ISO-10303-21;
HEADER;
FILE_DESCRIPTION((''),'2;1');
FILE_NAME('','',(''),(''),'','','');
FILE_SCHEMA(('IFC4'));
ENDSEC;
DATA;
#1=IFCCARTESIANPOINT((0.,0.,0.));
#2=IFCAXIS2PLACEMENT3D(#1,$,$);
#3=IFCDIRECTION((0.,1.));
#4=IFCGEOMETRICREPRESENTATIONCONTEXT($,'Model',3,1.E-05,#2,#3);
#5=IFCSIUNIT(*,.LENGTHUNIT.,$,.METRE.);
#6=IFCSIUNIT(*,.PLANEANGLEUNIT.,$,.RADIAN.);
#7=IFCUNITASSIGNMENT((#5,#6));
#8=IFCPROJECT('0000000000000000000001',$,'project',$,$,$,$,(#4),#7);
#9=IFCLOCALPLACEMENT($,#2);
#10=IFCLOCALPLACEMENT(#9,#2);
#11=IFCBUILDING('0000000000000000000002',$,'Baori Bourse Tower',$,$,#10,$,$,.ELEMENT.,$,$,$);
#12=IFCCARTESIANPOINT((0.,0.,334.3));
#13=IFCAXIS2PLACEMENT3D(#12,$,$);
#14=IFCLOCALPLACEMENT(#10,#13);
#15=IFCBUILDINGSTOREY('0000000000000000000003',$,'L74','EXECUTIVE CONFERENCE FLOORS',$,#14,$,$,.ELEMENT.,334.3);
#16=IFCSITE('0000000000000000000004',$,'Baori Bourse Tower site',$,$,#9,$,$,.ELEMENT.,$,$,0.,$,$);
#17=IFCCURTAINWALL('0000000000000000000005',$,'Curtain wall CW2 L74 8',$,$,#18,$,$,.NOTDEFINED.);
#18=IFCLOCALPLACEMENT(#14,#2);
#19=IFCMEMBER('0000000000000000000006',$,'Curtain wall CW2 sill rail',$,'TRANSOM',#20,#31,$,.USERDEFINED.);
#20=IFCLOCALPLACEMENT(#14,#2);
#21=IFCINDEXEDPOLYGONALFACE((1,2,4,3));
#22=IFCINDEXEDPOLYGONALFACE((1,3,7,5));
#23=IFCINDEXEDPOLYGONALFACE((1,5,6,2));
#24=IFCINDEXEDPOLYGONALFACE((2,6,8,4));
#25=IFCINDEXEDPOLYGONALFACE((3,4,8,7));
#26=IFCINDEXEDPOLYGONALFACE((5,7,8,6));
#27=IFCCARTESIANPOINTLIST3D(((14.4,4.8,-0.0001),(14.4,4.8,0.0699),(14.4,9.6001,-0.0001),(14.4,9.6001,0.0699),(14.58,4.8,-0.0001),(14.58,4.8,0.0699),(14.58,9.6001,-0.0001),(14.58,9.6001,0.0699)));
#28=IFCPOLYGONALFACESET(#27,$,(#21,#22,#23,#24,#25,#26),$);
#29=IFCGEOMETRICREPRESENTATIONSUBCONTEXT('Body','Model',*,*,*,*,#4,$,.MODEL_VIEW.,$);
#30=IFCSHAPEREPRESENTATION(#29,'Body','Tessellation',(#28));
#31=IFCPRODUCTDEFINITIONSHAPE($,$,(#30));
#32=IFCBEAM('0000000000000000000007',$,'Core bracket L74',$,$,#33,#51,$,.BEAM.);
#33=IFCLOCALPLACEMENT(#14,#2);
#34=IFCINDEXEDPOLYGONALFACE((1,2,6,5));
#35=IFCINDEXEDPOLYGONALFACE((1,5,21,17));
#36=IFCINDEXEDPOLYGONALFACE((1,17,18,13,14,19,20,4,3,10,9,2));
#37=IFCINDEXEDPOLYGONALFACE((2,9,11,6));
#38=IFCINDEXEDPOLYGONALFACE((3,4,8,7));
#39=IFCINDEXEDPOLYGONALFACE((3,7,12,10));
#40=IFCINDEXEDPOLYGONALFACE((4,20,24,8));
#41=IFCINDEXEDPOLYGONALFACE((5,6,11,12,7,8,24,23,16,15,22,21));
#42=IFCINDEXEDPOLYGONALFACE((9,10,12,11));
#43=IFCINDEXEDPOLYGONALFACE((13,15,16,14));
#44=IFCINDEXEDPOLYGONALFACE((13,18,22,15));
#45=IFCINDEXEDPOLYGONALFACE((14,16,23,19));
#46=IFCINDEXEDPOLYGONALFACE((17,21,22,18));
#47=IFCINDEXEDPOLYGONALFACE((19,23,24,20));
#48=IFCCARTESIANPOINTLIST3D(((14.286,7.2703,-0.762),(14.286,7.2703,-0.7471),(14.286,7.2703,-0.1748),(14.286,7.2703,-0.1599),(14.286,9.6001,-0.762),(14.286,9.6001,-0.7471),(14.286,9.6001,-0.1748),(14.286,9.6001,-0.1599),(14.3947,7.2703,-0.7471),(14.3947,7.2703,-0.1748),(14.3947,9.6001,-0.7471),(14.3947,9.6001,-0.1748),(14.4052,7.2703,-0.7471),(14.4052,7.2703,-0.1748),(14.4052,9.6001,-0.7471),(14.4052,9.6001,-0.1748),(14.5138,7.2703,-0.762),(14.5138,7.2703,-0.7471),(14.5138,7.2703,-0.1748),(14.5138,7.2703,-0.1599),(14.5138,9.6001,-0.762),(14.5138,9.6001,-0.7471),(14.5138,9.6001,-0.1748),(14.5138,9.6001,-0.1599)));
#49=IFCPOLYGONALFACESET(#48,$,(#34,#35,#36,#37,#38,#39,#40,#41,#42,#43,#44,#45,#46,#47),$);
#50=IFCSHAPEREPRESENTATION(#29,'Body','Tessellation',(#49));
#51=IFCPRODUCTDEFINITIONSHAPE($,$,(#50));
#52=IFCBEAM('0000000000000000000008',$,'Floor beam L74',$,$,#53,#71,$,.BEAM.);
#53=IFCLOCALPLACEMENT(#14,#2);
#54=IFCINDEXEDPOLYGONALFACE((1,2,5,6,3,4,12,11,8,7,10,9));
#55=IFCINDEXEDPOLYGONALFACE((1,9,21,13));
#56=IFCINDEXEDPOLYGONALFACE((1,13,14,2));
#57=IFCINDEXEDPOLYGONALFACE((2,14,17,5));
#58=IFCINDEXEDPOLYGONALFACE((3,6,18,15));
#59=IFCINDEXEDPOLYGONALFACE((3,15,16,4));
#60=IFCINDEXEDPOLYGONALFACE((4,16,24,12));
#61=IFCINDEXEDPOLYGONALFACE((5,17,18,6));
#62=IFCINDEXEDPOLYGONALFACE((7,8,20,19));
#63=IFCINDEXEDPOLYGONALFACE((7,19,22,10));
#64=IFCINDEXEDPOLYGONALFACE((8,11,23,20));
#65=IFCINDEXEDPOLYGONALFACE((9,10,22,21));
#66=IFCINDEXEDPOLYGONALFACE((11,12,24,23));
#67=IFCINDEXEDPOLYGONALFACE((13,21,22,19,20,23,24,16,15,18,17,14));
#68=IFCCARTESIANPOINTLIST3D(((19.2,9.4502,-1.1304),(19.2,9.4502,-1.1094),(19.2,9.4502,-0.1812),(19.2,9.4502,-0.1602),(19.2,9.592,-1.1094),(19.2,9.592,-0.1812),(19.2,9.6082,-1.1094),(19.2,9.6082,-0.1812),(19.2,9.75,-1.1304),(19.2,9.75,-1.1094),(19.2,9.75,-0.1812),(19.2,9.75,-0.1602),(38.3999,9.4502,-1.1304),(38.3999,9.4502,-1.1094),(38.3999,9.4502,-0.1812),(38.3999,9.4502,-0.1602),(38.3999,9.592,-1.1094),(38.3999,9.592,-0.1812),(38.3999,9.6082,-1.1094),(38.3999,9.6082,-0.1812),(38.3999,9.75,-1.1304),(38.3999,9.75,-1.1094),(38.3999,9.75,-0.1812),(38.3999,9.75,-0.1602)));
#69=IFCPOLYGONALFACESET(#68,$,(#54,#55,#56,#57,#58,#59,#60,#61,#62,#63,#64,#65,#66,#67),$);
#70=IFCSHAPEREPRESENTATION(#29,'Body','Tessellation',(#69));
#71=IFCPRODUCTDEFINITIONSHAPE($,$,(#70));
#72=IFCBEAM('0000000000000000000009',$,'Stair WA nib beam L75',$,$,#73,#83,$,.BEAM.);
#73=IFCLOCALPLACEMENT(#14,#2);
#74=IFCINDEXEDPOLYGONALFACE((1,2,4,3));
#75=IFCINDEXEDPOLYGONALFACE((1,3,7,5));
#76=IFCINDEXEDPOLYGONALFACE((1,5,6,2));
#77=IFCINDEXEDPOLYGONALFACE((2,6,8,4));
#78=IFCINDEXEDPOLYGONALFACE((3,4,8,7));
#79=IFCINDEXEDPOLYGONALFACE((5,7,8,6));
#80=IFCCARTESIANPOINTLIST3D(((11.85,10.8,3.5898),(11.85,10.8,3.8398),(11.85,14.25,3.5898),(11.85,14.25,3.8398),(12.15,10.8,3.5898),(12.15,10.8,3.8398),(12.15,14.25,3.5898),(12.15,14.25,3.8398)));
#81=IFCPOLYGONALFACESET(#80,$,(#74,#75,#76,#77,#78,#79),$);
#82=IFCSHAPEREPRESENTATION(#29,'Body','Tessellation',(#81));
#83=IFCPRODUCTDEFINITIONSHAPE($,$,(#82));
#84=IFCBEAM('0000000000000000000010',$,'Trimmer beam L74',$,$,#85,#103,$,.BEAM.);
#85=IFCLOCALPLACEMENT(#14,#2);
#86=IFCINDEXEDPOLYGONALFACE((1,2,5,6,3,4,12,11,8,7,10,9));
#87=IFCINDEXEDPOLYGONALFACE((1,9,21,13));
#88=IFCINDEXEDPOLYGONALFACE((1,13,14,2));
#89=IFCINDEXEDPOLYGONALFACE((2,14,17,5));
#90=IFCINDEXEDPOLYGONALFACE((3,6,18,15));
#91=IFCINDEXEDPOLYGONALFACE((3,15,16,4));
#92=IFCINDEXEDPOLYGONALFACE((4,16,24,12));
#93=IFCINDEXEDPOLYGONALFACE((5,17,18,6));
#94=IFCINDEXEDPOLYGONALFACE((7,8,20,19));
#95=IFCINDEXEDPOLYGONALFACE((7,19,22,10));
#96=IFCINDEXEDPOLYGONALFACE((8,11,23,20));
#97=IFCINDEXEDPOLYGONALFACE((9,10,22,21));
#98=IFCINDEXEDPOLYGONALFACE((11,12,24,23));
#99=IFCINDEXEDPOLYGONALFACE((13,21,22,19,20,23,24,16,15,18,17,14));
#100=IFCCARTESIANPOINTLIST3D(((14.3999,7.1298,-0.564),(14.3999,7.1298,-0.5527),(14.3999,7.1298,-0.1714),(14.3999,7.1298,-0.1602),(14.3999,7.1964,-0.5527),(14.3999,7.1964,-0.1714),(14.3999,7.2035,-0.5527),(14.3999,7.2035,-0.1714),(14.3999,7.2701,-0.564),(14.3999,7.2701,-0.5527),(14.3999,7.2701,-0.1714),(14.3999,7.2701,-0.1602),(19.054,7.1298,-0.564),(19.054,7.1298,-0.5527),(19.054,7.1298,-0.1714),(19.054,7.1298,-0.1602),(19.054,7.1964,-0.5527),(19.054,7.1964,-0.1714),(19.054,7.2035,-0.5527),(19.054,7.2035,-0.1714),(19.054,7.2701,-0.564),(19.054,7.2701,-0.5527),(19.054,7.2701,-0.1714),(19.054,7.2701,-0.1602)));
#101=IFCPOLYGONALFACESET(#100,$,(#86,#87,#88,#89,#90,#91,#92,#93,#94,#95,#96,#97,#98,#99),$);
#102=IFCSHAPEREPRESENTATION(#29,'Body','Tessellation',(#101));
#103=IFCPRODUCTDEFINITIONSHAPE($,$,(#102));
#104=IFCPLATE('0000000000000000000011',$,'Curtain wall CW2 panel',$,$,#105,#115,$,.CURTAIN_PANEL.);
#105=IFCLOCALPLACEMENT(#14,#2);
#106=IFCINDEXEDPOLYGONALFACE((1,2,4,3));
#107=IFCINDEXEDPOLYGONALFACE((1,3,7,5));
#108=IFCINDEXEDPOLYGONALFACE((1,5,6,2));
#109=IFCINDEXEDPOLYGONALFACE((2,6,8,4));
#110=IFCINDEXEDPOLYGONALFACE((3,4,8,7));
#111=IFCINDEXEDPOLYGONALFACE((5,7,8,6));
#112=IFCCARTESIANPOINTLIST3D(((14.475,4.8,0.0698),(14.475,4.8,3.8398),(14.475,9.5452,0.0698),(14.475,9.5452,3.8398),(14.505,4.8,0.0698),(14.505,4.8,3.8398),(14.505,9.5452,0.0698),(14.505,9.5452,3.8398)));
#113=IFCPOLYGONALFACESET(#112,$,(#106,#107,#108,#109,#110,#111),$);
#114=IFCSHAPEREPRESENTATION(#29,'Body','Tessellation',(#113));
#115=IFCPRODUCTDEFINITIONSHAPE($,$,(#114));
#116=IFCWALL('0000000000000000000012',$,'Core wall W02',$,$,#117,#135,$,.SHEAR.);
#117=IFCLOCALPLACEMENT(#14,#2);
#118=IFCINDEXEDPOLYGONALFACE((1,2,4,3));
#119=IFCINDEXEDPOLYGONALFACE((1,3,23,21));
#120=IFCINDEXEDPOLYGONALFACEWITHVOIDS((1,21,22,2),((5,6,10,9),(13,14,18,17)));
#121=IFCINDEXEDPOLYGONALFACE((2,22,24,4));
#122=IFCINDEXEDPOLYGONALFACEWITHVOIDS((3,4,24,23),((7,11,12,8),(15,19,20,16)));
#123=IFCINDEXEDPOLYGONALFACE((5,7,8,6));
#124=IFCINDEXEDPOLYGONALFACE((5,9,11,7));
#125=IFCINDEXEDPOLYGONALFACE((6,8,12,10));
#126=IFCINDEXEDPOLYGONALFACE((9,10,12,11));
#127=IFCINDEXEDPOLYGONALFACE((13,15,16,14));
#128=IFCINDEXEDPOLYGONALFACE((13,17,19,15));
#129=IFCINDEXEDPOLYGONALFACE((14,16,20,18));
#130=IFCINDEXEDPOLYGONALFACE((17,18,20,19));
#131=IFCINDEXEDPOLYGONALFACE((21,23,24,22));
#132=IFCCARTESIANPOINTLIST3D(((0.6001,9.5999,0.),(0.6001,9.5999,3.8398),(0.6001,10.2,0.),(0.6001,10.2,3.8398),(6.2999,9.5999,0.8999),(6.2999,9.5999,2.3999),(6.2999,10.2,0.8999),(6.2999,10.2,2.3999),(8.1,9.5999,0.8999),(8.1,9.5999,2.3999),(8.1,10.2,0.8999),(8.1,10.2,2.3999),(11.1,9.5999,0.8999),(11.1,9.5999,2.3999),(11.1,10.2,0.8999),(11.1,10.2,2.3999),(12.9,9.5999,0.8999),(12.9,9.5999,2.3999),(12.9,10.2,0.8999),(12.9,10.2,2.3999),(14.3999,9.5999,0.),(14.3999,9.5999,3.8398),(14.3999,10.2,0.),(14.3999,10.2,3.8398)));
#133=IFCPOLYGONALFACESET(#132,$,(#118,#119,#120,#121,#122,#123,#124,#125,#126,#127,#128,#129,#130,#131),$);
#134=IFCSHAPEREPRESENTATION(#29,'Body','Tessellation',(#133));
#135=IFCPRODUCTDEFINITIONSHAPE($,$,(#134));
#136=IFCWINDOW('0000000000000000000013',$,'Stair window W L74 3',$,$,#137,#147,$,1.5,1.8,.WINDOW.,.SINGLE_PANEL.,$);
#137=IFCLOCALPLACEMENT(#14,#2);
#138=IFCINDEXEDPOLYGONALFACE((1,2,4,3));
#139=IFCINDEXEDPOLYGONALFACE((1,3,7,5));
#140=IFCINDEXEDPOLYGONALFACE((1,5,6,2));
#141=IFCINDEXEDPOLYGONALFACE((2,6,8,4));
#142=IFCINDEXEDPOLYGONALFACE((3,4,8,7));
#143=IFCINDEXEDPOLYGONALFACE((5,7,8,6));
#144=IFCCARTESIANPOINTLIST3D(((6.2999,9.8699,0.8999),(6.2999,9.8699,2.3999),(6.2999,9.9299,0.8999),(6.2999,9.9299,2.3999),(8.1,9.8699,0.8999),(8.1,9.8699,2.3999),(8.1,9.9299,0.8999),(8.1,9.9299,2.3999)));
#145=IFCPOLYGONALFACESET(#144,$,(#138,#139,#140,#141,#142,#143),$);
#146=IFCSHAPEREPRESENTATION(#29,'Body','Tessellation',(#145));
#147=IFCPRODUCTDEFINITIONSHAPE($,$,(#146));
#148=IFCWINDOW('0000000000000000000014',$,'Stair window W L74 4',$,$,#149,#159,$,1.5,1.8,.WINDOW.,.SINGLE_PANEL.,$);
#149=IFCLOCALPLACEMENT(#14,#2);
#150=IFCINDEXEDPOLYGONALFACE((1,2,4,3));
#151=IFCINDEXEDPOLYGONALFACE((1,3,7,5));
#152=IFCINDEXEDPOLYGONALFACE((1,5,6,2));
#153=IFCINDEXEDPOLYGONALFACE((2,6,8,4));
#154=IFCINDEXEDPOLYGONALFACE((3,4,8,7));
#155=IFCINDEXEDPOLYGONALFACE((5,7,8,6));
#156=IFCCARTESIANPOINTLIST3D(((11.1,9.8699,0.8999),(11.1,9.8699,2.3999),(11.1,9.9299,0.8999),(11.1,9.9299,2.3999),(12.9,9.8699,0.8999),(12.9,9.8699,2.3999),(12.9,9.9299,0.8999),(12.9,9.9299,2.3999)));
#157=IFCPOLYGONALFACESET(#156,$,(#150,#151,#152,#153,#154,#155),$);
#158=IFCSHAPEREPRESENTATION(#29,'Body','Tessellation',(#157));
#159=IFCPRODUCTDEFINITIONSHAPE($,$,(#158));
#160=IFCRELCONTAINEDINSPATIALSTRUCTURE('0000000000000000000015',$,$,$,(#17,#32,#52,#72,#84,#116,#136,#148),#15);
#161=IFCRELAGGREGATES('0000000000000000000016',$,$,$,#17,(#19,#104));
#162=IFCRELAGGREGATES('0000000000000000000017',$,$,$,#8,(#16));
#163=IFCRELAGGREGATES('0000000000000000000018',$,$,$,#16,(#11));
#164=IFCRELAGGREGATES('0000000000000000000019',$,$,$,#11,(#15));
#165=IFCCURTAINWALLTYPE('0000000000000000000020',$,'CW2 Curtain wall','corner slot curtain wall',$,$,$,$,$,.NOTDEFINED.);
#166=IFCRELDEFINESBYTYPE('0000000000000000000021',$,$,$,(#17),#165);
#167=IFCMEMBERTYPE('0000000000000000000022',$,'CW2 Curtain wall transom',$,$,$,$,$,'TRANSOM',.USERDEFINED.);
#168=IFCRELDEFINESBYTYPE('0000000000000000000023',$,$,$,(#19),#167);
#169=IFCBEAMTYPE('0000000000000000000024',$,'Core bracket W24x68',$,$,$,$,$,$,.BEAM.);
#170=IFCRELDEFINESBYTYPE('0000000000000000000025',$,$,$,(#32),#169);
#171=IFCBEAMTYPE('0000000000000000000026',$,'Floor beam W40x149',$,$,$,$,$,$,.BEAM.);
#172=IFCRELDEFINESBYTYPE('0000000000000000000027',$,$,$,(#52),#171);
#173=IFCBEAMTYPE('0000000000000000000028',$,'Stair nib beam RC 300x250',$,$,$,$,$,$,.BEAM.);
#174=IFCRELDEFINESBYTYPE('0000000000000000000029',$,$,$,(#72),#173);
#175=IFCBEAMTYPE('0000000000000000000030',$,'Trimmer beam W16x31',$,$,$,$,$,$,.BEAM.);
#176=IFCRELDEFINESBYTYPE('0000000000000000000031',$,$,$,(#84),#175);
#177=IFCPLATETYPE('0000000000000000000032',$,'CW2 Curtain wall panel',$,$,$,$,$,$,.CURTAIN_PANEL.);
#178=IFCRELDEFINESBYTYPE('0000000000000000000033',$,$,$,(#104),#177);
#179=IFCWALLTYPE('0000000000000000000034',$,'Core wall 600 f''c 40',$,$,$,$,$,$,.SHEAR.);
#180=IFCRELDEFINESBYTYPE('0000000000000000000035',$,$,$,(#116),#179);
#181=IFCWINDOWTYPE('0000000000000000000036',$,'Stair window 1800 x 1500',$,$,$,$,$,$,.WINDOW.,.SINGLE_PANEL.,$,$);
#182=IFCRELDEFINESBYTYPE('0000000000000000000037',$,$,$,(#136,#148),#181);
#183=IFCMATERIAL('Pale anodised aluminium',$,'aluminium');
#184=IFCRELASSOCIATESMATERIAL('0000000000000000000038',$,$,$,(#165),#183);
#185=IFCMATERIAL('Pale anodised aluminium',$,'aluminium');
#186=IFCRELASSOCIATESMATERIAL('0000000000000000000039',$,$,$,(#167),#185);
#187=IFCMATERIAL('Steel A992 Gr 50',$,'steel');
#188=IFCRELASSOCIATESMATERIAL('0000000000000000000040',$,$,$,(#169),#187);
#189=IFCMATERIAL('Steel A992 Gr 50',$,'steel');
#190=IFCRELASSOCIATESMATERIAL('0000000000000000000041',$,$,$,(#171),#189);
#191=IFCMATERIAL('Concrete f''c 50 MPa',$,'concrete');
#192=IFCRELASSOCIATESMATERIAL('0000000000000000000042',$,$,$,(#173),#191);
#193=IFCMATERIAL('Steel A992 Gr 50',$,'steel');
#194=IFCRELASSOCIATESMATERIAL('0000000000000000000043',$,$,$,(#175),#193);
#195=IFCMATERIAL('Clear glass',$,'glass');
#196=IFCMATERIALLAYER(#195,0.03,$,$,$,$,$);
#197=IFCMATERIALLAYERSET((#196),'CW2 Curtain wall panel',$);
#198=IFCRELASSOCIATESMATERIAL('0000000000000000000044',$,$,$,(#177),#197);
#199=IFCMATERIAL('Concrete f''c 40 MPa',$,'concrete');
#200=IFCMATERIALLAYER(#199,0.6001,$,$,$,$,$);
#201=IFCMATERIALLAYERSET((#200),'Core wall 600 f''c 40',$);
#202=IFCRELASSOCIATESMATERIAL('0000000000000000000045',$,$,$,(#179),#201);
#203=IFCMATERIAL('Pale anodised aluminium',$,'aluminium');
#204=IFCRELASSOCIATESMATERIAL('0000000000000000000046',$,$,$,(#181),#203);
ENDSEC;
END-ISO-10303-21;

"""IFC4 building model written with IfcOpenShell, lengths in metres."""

from ifc_helpers import new_model, si_unit, direction, frame, frame_2d, origin, origin_2d, place, context, subcontext, project, spatial, rectangle, i_section, extrude, material, layer, layer_set, material_profile, profile_set, type_object, element, fill, aggregate, save


model = new_model("IFC4")

# Units and contexts
model_context = context("Model", 3, precision=1e-05, world=origin(), true_north=direction((0.0, 1.0)))
body_context = subcontext(model_context, "Body", "Model", "MODEL_VIEW")
ifc_project = project(units=[si_unit("LENGTHUNIT", "METRE"), si_unit("PLANEANGLEUNIT", "RADIAN")], contexts=[model_context])

# Site, building, storey
site_placement = place(None, origin())
site = spatial("IfcSite", under=ifc_project, at=site_placement, Name="Baori Bourse Tower site", CompositionType="ELEMENT", RefElevation=0.0)
building_placement = place(site_placement, origin())
building = spatial("IfcBuilding", under=site, at=building_placement, Name="Baori Bourse Tower", CompositionType="ELEMENT")
storey_placement = place(building_placement, frame((0.0, 0.0, 334.3)))
storey = spatial("IfcBuildingStorey", under=building, at=storey_placement, Name="L74", Description="EXECUTIVE CONFERENCE FLOORS", CompositionType="ELEMENT", Elevation=334.3)

# Curtain wall, member
ifc_material_1 = material(Name="Pale anodised aluminium", Category="aluminium")
curtain_wall_type = type_object("IfcCurtainWallType", Name="CW2 Curtain wall", Description="corner slot curtain wall", PredefinedType="NOTDEFINED", material=ifc_material_1)
curtain_wall_placement = place(storey_placement, origin())
curtain_wall = element("IfcCurtainWall", 1, at=curtain_wall_placement, inside=storey, type_object=curtain_wall_type, Name="Curtain wall CW2 L74 8", PredefinedType="NOTDEFINED")
ifc_material_2 = material(Name="Pale anodised aluminium", Category="aluminium")
ifc_material_profile_1 = material_profile(ifc_material_2, rectangle(XDim=0.1799, YDim=0.0701, at=origin_2d()), Name="Transom 70x180")
ifc_profile_set_1 = profile_set([ifc_material_profile_1], Name="Pale anodised aluminium")
member_type = type_object("IfcMemberType", Name="CW2 Curtain wall transom", ElementType="TRANSOM", PredefinedType="USERDEFINED", material=ifc_profile_set_1)
member_placement = place(storey_placement, frame((14.49, 9.6001, 0.0349), z_axis=(0.0, -1.0, 0.0), x_axis=(1.0, 0.0, 0.0)))
member = element("IfcMember", 2, at=member_placement, type_object=member_type, Name="Curtain wall CW2 sill rail", ObjectType="TRANSOM", PredefinedType="USERDEFINED", context=body_context, shape_type="SweptSolid", body=[
    extrude(rectangle(XDim=0.1799, YDim=0.0701, at=origin_2d()), origin(), (0.0, 0.0, 1.0), 4.8),
])

# Beams
ifc_material_3 = material(Name="Steel A992 Gr 50", Category="steel")
ifc_material_profile_2 = material_profile(ifc_material_3, i_section(OverallWidth=0.2278, OverallDepth=0.6021, WebThickness=0.0105, FlangeThickness=0.0149, at=origin_2d()), Name="W24x68")
ifc_profile_set_2 = profile_set([ifc_material_profile_2], Name="Steel A992 Gr 50")
beam_type_1 = type_object("IfcBeamType", Name="Core bracket W24x68", PredefinedType="BEAM", material=ifc_profile_set_2)
beam_1_placement = place(storey_placement, frame((14.3999, 7.2703, -0.4609), z_axis=(0.0, 1.0, 0.0), x_axis=(-1.0, 0.0, 0.0)))
element("IfcBeam", 3, at=beam_1_placement, inside=storey, type_object=beam_type_1, Name="Core bracket L74", PredefinedType="BEAM", context=body_context, shape_type="SweptSolid", body=[
    extrude(i_section(OverallWidth=0.2278, OverallDepth=0.6021, WebThickness=0.0105, FlangeThickness=0.0149, at=origin_2d()), origin(), (0.0, 0.0, 1.0), 2.3298),
])
ifc_material_4 = material(Name="Steel A992 Gr 50", Category="steel")
ifc_material_profile_3 = material_profile(ifc_material_4, i_section(OverallWidth=0.2998, OverallDepth=0.9702, WebThickness=0.0161, FlangeThickness=0.021, at=origin_2d()), Name="W40x149")
ifc_profile_set_3 = profile_set([ifc_material_profile_3], Name="Steel A992 Gr 50")
beam_type_2 = type_object("IfcBeamType", Name="Floor beam W40x149", PredefinedType="BEAM", material=ifc_profile_set_3)
beam_2_placement = place(storey_placement, frame((19.2, 9.6001, -0.6453), z_axis=(1.0, 0.0, 0.0), x_axis=(0.0, 1.0, 0.0)))
element("IfcBeam", 4, at=beam_2_placement, inside=storey, type_object=beam_type_2, Name="Floor beam L74", PredefinedType="BEAM", context=body_context, shape_type="SweptSolid", body=[
    extrude(i_section(OverallWidth=0.2998, OverallDepth=0.9702, WebThickness=0.0161, FlangeThickness=0.021, at=origin_2d()), origin(), (0.0, 0.0, 1.0), 19.2),
])
ifc_material_5 = material(Name="Concrete f'c 50 MPa", Category="concrete")
ifc_material_profile_4 = material_profile(ifc_material_5, rectangle(XDim=0.3, YDim=0.25, at=origin_2d()), Name="RC 300x250")
ifc_profile_set_4 = profile_set([ifc_material_profile_4], Name="Concrete f'c 50 MPa")
beam_type_3 = type_object("IfcBeamType", Name="Stair nib beam RC 300x250", PredefinedType="BEAM", material=ifc_profile_set_4)
beam_3_placement = place(storey_placement, frame((12.0, 10.8, 3.7148), z_axis=(0.0, 1.0, 0.0), x_axis=(-1.0, 0.0, 0.0)))
element("IfcBeam", 5, at=beam_3_placement, inside=storey, type_object=beam_type_3, Name="Stair WA nib beam L75", PredefinedType="BEAM", context=body_context, shape_type="SweptSolid", body=[
    extrude(rectangle(XDim=0.3, YDim=0.25, at=origin_2d()), origin(), (0.0, 0.0, 1.0), 3.45),
])
ifc_material_6 = material(Name="Steel A992 Gr 50", Category="steel")
ifc_material_profile_5 = material_profile(ifc_material_6, i_section(OverallWidth=0.1404, OverallDepth=0.4038, WebThickness=0.0071, FlangeThickness=0.0112, at=origin_2d()), Name="W16x31")
ifc_profile_set_5 = profile_set([ifc_material_profile_5], Name="Steel A992 Gr 50")
beam_type_4 = type_object("IfcBeamType", Name="Trimmer beam W16x31", PredefinedType="BEAM", material=ifc_profile_set_5)
beam_4_placement = place(storey_placement, frame((14.3999, 7.2, -0.3621), z_axis=(1.0, 0.0, 0.0), x_axis=(0.0, 1.0, 0.0)))
element("IfcBeam", 6, at=beam_4_placement, inside=storey, type_object=beam_type_4, Name="Trimmer beam L74", PredefinedType="BEAM", context=body_context, shape_type="SweptSolid", body=[
    extrude(i_section(OverallWidth=0.1404, OverallDepth=0.4038, WebThickness=0.0071, FlangeThickness=0.0112, at=origin_2d()), origin(), (0.0, 0.0, 1.0), 4.6541),
])

# Plate
ifc_material_7 = material(Name="Clear glass", Category="glass")
ifc_layer_1 = layer(ifc_material_7, 0.03)
ifc_layer_set_1 = layer_set([ifc_layer_1], Name="CW2 Curtain wall panel")
plate_type = type_object("IfcPlateType", Name="CW2 Curtain wall panel", PredefinedType="CURTAIN_PANEL", material=ifc_layer_set_1)
plate_placement = place(storey_placement, frame((14.49, 7.1726, 0.0698), z_axis=(0.0, 0.0, 1.0), x_axis=(0.0, -1.0, 0.0)))
plate = element("IfcPlate", 7, at=plate_placement, type_object=plate_type, Name="Curtain wall CW2 panel", PredefinedType="CURTAIN_PANEL", context=body_context, shape_type="SweptSolid", body=[
    extrude(rectangle(XDim=4.7451, YDim=0.03, at=origin_2d()), origin(), (0.0, 0.0, 1.0), 3.77),
])
aggregate(curtain_wall, [member, plate])

# Wall, openings, windows
ifc_material_8 = material(Name="Concrete f'c 40 MPa", Category="concrete")
ifc_layer_2 = layer(ifc_material_8, 0.6001)
ifc_layer_set_2 = layer_set([ifc_layer_2], Name="Core wall 600 f'c 40")
wall_type_1 = type_object("IfcWallType", Name="Core wall 600 f'c 40", PredefinedType="SHEAR", material=ifc_layer_set_2)
wall_1_placement = place(storey_placement, frame((14.3999, 9.8999, 0.0), z_axis=(0.0, 0.0, 1.0), x_axis=(-1.0, 0.0, 0.0)))
wall_1 = element("IfcWall", 8, at=wall_1_placement, inside=storey, type_object=wall_type_1, Name="Core wall W02", PredefinedType="SHEAR", context=body_context, shape_type="SweptSolid", body=[
    extrude(rectangle(XDim=13.7998, YDim=0.6001, at=frame_2d((6.8999, 0.0))), origin(), (0.0, 0.0, 1.0), 3.8398),
])
opening_1_placement = place(wall_1_placement, frame((6.3, 0.0, 0.8999)))
opening_1 = element("IfcOpeningElement", 9, at=opening_1_placement, cuts=wall_1, PredefinedType="OPENING", context=body_context, shape_type="SweptSolid", body=[
    extrude(rectangle(XDim=1.8, YDim=1.5, at=frame_2d((0.8999, 0.75))), frame((0.0, 0.3101, 0.0), z_axis=(0.0, -1.0, 0.0), x_axis=(1.0, 0.0, 0.0)), (0.0, 0.0, 1.0), 0.6201),
])
opening_2_placement = place(wall_1_placement, frame((1.5, 0.0, 0.8999)))
opening_2 = element("IfcOpeningElement", 10, at=opening_2_placement, cuts=wall_1, PredefinedType="OPENING", context=body_context, shape_type="SweptSolid", body=[
    extrude(rectangle(XDim=1.8, YDim=1.5, at=frame_2d((0.8999, 0.75))), frame((0.0, 0.3101, 0.0), z_axis=(0.0, -1.0, 0.0), x_axis=(1.0, 0.0, 0.0)), (0.0, 0.0, 1.0), 0.6201),
])
ifc_material_9 = material(Name="Pale anodised aluminium", Category="aluminium")
window_type = type_object("IfcWindowType", Name="Stair window 1800 x 1500", PartitioningType="SINGLE_PANEL", PredefinedType="WINDOW", material=ifc_material_9)
window_1_placement = place(opening_1_placement, origin())
window_1 = element("IfcWindow", 11, at=window_1_placement, inside=storey, type_object=window_type, Name="Stair window W L74 3", OverallHeight=1.5, OverallWidth=1.8, PartitioningType="SINGLE_PANEL", PredefinedType="WINDOW", context=body_context, shape_type="SweptSolid", body=[
    extrude(rectangle(XDim=1.8, YDim=1.5, at=frame_2d((0.8999, 0.75))), frame((0.0, 0.03, 0.0), z_axis=(0.0, -1.0, 0.0), x_axis=(1.0, 0.0, 0.0)), (0.0, 0.0, 1.0), 0.0601),
])
fill(opening_1, window_1)
window_2_placement = place(opening_2_placement, origin())
window_2 = element("IfcWindow", 12, at=window_2_placement, inside=storey, type_object=window_type, Name="Stair window W L74 4", OverallHeight=1.5, OverallWidth=1.8, PartitioningType="SINGLE_PANEL", PredefinedType="WINDOW", context=body_context, shape_type="SweptSolid", body=[
    extrude(rectangle(XDim=1.8, YDim=1.5, at=frame_2d((0.8999, 0.75))), frame((0.0, 0.03, 0.0), z_axis=(0.0, -1.0, 0.0), x_axis=(1.0, 0.0, 0.0)), (0.0, 0.0, 1.0), 0.0601),
])
fill(opening_2, window_2)

save(model, "model.ifc")
